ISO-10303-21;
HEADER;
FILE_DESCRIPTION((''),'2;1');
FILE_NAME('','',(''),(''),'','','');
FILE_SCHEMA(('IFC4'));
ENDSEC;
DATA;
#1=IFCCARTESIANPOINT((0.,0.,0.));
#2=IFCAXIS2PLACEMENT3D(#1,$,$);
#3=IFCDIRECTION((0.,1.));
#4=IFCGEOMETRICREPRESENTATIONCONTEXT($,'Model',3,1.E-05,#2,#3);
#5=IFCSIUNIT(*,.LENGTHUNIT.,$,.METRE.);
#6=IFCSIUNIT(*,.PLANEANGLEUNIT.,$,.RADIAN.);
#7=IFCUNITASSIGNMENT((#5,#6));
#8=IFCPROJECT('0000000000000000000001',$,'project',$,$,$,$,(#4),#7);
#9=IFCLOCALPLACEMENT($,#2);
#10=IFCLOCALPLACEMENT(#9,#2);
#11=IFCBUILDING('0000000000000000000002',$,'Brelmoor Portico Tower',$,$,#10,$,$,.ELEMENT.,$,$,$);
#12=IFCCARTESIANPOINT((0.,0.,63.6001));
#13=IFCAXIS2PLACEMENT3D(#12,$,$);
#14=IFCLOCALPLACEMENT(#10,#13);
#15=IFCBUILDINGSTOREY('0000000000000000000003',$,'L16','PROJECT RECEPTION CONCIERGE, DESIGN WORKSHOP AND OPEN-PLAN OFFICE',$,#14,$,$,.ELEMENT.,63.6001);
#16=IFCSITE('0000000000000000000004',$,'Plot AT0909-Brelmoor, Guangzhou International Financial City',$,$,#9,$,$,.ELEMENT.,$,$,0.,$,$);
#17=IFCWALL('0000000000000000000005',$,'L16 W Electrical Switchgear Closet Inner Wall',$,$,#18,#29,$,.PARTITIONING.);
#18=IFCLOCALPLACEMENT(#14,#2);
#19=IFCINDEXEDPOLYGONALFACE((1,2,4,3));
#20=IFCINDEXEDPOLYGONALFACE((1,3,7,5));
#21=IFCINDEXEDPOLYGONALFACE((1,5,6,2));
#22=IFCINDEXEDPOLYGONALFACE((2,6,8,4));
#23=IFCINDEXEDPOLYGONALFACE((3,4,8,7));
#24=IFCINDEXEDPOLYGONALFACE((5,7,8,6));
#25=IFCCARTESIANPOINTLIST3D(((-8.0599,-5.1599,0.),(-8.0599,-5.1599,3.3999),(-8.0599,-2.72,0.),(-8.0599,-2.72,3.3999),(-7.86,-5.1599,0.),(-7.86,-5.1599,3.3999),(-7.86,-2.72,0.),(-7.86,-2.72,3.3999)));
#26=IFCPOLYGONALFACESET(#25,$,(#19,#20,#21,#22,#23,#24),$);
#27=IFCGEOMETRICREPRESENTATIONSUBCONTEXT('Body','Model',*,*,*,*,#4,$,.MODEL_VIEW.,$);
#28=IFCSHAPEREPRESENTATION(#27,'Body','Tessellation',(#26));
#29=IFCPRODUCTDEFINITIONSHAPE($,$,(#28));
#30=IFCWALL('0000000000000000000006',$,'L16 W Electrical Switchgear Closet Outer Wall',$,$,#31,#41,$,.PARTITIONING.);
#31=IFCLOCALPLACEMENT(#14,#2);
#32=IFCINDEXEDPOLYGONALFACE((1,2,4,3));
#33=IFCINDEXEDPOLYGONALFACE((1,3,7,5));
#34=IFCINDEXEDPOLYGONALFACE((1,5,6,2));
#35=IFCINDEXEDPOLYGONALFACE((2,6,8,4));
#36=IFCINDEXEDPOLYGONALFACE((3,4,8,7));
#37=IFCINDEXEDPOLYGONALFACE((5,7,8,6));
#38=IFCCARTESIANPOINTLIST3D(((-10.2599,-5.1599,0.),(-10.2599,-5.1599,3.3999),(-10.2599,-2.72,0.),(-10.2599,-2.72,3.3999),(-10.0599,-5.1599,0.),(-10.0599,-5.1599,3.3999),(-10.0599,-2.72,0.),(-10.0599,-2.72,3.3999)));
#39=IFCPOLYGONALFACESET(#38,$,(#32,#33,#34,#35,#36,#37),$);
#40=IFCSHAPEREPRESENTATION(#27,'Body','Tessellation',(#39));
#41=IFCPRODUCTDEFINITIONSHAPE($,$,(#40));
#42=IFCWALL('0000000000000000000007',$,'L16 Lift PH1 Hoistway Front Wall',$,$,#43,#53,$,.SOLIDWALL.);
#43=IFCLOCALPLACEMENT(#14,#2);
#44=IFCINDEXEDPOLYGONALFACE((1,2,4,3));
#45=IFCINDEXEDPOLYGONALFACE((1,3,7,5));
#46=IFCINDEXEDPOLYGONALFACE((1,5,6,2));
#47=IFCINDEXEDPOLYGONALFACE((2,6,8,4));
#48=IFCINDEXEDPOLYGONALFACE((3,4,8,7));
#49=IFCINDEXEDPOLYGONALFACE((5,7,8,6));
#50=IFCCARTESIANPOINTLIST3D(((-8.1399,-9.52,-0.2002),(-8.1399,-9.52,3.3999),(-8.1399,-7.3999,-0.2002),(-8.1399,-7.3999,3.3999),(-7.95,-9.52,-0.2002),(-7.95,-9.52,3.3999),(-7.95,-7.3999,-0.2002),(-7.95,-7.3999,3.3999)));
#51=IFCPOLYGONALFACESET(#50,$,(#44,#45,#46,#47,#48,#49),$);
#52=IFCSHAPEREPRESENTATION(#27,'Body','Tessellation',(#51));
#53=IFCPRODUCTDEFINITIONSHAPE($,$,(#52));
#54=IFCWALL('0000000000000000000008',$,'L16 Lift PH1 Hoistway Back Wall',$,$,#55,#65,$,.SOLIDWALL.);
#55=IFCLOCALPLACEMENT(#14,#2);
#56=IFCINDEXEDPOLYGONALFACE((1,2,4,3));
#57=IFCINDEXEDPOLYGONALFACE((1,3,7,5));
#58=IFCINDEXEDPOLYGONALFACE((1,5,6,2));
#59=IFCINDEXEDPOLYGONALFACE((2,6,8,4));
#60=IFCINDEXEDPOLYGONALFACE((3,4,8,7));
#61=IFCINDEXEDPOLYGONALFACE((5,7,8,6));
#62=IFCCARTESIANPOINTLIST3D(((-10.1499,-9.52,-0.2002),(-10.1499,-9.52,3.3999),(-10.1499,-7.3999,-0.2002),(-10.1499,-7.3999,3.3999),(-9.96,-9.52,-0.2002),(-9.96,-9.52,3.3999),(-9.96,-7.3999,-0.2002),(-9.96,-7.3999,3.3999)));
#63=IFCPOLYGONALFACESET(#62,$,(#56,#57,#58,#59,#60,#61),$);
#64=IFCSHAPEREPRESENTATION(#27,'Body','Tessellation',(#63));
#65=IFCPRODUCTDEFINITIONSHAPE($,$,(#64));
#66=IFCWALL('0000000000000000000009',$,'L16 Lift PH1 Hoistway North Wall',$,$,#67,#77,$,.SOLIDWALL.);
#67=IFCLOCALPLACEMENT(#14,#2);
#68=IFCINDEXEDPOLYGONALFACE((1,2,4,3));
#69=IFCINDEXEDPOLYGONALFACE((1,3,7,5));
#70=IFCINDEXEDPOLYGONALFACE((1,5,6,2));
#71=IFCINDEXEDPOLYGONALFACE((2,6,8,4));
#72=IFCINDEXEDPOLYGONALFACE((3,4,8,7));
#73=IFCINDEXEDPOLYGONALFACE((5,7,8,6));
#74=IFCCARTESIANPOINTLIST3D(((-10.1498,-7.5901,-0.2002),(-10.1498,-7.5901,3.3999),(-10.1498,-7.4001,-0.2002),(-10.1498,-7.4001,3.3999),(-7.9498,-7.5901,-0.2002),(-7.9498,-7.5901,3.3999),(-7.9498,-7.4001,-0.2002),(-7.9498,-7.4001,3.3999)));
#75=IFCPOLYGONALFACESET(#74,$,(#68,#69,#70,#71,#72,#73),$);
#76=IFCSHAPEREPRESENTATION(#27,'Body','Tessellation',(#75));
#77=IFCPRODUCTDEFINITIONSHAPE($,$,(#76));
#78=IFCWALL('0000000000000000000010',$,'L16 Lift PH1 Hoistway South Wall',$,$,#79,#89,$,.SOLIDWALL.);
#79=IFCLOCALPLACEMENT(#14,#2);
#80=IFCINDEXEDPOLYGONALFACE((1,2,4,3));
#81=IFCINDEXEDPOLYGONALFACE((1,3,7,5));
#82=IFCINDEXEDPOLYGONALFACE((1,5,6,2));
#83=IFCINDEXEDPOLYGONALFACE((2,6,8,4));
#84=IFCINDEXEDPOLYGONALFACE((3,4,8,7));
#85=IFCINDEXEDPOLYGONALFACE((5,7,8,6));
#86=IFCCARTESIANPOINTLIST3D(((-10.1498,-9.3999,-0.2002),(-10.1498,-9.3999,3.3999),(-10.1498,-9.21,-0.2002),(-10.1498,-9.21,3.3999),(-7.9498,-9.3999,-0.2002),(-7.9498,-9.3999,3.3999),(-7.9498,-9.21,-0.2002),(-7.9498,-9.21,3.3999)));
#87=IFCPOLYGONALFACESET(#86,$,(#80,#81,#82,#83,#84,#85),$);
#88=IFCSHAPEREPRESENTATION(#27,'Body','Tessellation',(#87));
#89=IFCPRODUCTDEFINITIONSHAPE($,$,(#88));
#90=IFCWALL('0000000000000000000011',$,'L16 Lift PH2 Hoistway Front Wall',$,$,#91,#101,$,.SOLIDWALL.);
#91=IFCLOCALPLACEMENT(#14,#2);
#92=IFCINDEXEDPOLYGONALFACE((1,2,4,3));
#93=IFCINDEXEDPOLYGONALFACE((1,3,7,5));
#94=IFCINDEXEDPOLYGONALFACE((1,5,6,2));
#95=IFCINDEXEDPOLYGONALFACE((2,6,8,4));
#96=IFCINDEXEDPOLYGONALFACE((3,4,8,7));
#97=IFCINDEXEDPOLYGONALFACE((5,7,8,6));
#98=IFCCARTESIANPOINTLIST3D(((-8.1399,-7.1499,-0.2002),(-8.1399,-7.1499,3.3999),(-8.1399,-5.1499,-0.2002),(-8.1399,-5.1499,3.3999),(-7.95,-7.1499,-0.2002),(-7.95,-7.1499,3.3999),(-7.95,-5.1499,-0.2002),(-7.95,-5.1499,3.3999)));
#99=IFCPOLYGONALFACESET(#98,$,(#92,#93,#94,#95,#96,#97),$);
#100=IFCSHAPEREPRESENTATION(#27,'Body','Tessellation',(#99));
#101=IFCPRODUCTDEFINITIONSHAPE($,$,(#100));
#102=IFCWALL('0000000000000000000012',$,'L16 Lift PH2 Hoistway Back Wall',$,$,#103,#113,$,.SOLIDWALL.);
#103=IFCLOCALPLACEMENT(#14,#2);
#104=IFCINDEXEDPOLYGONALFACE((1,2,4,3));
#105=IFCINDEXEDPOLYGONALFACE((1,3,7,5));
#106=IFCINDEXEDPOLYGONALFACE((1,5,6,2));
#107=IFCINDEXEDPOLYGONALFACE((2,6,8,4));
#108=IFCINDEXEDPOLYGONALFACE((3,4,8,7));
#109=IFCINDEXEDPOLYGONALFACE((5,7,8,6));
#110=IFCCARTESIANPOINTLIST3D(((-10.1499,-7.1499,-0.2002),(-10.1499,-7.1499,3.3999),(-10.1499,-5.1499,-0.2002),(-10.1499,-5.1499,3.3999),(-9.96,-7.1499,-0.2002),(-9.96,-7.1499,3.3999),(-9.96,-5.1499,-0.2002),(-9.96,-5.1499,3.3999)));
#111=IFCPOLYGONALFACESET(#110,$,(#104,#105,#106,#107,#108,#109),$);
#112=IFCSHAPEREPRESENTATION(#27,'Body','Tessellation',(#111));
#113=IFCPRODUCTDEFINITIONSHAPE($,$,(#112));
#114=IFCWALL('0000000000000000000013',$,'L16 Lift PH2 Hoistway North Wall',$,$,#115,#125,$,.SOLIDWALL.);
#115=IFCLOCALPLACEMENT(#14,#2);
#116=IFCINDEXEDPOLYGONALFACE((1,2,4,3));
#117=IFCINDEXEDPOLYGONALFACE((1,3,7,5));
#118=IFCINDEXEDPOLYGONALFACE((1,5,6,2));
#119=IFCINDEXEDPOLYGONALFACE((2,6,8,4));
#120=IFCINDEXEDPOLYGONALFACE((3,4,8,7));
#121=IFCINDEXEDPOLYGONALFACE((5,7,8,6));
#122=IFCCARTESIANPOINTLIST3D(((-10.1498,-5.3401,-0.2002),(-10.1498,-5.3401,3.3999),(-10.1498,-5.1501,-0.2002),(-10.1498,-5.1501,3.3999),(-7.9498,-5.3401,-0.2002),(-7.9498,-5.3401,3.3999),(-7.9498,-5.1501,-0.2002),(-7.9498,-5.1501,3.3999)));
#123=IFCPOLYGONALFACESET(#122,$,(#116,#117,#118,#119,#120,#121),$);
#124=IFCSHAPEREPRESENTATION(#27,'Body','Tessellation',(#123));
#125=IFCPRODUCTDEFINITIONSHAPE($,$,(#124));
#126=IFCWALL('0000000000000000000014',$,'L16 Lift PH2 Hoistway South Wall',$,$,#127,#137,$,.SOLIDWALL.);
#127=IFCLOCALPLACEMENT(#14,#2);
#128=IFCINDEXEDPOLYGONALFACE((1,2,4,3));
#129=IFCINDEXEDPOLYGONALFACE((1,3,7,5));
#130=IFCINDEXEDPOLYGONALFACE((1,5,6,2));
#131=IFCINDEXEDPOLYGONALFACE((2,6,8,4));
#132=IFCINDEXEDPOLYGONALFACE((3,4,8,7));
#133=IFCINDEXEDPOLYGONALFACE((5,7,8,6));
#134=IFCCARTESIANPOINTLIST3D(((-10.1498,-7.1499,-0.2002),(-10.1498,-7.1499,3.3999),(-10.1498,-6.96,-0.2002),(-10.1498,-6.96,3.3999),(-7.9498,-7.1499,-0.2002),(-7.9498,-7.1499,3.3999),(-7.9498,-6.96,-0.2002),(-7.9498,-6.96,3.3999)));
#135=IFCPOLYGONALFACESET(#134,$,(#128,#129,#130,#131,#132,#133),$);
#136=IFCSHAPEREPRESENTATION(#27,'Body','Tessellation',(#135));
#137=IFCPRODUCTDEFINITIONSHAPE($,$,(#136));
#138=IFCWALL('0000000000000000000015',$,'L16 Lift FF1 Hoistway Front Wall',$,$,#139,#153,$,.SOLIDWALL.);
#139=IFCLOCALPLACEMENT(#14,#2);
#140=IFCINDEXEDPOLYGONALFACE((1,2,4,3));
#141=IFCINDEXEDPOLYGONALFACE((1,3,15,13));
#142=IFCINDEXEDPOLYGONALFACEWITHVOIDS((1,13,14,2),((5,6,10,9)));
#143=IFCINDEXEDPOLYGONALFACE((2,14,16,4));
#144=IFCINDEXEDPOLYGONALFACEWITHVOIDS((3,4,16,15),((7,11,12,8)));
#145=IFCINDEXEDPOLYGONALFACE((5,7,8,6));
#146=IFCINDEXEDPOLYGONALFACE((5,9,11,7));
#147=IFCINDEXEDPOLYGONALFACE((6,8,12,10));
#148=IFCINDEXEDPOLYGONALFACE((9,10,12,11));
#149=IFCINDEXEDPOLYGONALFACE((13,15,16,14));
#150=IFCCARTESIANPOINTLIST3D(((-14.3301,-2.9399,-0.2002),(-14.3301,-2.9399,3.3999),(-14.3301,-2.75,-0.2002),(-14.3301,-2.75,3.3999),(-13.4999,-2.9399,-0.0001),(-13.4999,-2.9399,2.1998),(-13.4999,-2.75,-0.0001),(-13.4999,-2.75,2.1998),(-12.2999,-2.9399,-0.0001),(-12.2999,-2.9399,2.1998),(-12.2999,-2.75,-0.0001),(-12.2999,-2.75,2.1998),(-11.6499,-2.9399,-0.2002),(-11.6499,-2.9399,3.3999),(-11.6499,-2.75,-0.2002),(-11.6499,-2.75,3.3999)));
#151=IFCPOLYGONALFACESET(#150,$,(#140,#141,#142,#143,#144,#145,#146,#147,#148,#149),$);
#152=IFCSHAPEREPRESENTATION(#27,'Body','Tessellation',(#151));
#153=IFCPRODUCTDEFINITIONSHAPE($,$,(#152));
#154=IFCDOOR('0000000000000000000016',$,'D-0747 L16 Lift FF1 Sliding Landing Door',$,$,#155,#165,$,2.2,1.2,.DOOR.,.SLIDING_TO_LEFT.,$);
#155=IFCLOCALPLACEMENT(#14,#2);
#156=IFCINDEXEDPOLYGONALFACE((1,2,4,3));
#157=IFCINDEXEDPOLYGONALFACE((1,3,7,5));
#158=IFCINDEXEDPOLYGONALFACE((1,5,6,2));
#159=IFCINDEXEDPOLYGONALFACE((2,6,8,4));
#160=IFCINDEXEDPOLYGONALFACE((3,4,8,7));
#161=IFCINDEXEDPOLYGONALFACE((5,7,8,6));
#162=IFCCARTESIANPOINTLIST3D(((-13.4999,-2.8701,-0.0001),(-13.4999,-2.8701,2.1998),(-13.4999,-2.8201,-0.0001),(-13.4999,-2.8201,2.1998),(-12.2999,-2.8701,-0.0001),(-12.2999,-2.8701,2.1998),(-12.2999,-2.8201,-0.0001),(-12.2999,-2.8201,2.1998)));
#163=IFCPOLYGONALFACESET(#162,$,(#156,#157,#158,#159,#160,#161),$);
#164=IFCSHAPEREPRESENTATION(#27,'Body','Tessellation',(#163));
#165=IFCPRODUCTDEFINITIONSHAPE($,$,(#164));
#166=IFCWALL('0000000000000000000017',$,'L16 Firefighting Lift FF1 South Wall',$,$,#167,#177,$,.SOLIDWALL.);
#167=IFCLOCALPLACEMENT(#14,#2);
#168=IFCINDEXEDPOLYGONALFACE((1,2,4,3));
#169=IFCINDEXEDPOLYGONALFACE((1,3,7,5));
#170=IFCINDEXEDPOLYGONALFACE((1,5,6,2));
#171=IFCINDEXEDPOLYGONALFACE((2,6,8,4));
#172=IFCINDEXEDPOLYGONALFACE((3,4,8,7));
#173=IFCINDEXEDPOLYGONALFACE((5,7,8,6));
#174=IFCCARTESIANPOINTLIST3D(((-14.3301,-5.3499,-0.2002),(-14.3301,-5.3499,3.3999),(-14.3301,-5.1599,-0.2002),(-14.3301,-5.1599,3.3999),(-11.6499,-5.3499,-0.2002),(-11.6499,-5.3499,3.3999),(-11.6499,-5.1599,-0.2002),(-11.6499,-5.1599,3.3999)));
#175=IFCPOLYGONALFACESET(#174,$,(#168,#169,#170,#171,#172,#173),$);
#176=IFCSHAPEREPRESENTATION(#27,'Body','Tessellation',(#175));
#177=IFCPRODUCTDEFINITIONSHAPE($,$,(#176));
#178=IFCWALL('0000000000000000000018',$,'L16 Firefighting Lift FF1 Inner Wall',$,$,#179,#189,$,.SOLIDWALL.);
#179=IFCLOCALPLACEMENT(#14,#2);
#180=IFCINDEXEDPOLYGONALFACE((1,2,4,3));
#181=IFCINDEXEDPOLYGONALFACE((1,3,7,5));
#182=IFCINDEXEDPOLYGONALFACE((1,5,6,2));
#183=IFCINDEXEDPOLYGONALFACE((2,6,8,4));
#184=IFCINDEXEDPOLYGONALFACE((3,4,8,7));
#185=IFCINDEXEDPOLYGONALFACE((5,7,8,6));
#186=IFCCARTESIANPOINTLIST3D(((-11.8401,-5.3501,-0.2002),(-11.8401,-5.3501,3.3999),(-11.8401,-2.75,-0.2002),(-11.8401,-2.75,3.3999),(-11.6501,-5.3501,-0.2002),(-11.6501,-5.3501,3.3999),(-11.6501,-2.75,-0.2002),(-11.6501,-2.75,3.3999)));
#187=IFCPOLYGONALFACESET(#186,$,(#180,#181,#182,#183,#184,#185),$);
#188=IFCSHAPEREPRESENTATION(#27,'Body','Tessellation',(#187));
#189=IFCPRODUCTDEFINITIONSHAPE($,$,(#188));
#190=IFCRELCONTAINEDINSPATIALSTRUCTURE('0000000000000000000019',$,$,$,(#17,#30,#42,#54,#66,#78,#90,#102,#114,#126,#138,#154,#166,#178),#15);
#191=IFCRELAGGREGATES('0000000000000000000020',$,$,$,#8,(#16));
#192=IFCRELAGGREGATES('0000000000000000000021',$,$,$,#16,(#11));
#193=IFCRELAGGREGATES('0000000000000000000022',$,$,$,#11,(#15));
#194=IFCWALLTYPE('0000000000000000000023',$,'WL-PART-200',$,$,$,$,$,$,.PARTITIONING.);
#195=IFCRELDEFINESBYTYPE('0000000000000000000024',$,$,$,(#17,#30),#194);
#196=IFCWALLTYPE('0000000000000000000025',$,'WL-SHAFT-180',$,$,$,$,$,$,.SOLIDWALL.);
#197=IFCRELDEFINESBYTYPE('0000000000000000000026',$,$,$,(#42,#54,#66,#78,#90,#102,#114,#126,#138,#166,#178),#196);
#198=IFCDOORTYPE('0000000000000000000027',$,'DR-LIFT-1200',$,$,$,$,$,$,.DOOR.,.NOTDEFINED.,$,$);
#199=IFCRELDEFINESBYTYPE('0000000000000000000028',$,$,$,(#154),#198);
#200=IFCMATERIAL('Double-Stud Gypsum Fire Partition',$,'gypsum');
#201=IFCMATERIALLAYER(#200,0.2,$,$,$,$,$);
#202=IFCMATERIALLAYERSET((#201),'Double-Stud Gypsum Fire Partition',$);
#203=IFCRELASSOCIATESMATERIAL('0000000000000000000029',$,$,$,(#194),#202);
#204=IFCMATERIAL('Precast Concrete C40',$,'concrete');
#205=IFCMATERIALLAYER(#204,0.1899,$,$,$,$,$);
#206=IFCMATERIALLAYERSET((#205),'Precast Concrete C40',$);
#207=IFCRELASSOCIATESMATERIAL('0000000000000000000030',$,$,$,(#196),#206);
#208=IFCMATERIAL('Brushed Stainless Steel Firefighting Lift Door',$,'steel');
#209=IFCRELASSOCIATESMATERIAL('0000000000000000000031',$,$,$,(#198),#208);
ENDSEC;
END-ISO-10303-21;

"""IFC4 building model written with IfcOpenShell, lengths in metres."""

from ifc_helpers import new_model, si_unit, direction, frame, frame_2d, origin, place, context, subcontext, project, spatial, rectangle, extrude, material, layer, layer_set, type_object, element, fill, save


model = new_model("IFC4")

# Units and contexts
model_context = context("Model", 3, precision=1e-05, world=origin(), true_north=direction((0.0, 1.0)))
body_context = subcontext(model_context, "Body", "Model", "MODEL_VIEW")
ifc_project = project(units=[si_unit("LENGTHUNIT", "METRE"), si_unit("PLANEANGLEUNIT", "RADIAN")], contexts=[model_context])

# Site, building, storey
site_placement = place(None, origin())
site = spatial("IfcSite", under=ifc_project, at=site_placement, Name="Plot AT0909-Brelmoor, Guangzhou International Financial City", CompositionType="ELEMENT", RefElevation=0.0)
building_placement = place(site_placement, origin())
building = spatial("IfcBuilding", under=site, at=building_placement, Name="Brelmoor Portico Tower", CompositionType="ELEMENT")
storey_placement = place(building_placement, frame((0.0, 0.0, 63.6001)))
storey = spatial("IfcBuildingStorey", under=building, at=storey_placement, Name="L16", Description="PROJECT RECEPTION CONCIERGE, DESIGN WORKSHOP AND OPEN-PLAN OFFICE", CompositionType="ELEMENT", Elevation=63.6001)

# Shared definitions
ifc_material_1 = material(Name="Double-Stud Gypsum Fire Partition", Category="gypsum")
ifc_layer_1 = layer(ifc_material_1, 0.2)
ifc_layer_set_1 = layer_set([ifc_layer_1], Name="Double-Stud Gypsum Fire Partition")
wall_type_1 = type_object("IfcWallType", Name="WL-PART-200", PredefinedType="PARTITIONING", material=ifc_layer_set_1)

# Walls
for number, where, z_axis, x_axis, name in (
    (1, (-7.96, -5.1599, 0.0), (0.0, 0.0, 1.0), (0.0, 1.0, 0.0), "L16 W Electrical Switchgear Closet Inner Wall"),
    (2, (-10.1599, -5.1599, 0.0), (0.0, 0.0, 1.0), (0.0, 1.0, 0.0), "L16 W Electrical Switchgear Closet Outer Wall"),
):
    element("IfcWall", number, at=place(storey_placement, frame(where, z_axis=z_axis, x_axis=x_axis)), inside=storey, type_object=wall_type_1, Name=name, PredefinedType="PARTITIONING", context=body_context, shape_type="SweptSolid", body=[
        extrude(rectangle(XDim=2.4399, YDim=0.2, at=frame_2d((1.22, 0.0))), origin(), (0.0, 0.0, 1.0), 3.3999),
    ])
ifc_material_2 = material(Name="Precast Concrete C40", Category="concrete")
ifc_layer_2 = layer(ifc_material_2, 0.1899)
ifc_layer_set_2 = layer_set([ifc_layer_2], Name="Precast Concrete C40")
wall_type_2 = type_object("IfcWallType", Name="WL-SHAFT-180", PredefinedType="SOLIDWALL", material=ifc_layer_set_2)
for number, where, z_axis, x_axis, name in (
    (3, (-8.0449, -9.52, -0.2002), (0.0, 0.0, 1.0), (0.0, 1.0, 0.0), "L16 Lift PH1 Hoistway Front Wall"),
    (4, (-10.0549, -9.52, -0.2002), (0.0, 0.0, 1.0), (0.0, 1.0, 0.0), "L16 Lift PH1 Hoistway Back Wall"),
):
    element("IfcWall", number, at=place(storey_placement, frame(where, z_axis=z_axis, x_axis=x_axis)), inside=storey, type_object=wall_type_2, Name=name, PredefinedType="SOLIDWALL", context=body_context, shape_type="SweptSolid", body=[
        extrude(rectangle(XDim=2.1201, YDim=0.1899, at=frame_2d((1.0601, 0.0))), origin(), (0.0, 0.0, 1.0), 3.6001),
    ])
for number, where, z_axis, x_axis, name in (
    (5, (-10.1499, -7.4951, -0.2002), (0.0, 0.0, 1.0), (1.0, 0.0, 0.0), "L16 Lift PH1 Hoistway North Wall"),
    (6, (-10.1499, -9.3049, -0.2002), (0.0, 0.0, 1.0), (1.0, 0.0, 0.0), "L16 Lift PH1 Hoistway South Wall"),
):
    element("IfcWall", number, at=place(storey_placement, frame(where, z_axis=z_axis, x_axis=x_axis)), inside=storey, type_object=wall_type_2, Name=name, PredefinedType="SOLIDWALL", context=body_context, shape_type="SweptSolid", body=[
        extrude(rectangle(XDim=2.2, YDim=0.1899, at=frame_2d((1.1001, 0.0))), origin(), (0.0, 0.0, 1.0), 3.6001),
    ])
for number, where, z_axis, x_axis, name in (
    (7, (-8.0449, -7.1499, -0.2002), (0.0, 0.0, 1.0), (0.0, 1.0, 0.0), "L16 Lift PH2 Hoistway Front Wall"),
    (8, (-10.0549, -7.1499, -0.2002), (0.0, 0.0, 1.0), (0.0, 1.0, 0.0), "L16 Lift PH2 Hoistway Back Wall"),
):
    element("IfcWall", number, at=place(storey_placement, frame(where, z_axis=z_axis, x_axis=x_axis)), inside=storey, type_object=wall_type_2, Name=name, PredefinedType="SOLIDWALL", context=body_context, shape_type="SweptSolid", body=[
        extrude(rectangle(XDim=2.0, YDim=0.1899, at=frame_2d((1.0, 0.0))), origin(), (0.0, 0.0, 1.0), 3.6001),
    ])
for number, where, z_axis, x_axis, name in (
    (9, (-10.1499, -5.2451, -0.2002), (0.0, 0.0, 1.0), (1.0, 0.0, 0.0), "L16 Lift PH2 Hoistway North Wall"),
    (10, (-10.1499, -7.0549, -0.2002), (0.0, 0.0, 1.0), (1.0, 0.0, 0.0), "L16 Lift PH2 Hoistway South Wall"),
):
    element("IfcWall", number, at=place(storey_placement, frame(where, z_axis=z_axis, x_axis=x_axis)), inside=storey, type_object=wall_type_2, Name=name, PredefinedType="SOLIDWALL", context=body_context, shape_type="SweptSolid", body=[
        extrude(rectangle(XDim=2.2, YDim=0.1899, at=frame_2d((1.1001, 0.0))), origin(), (0.0, 0.0, 1.0), 3.6001),
    ])

# Wall, opening, door
wall_1_placement = place(storey_placement, frame((-14.3301, -2.845, -0.2002), z_axis=(0.0, 0.0, 1.0), x_axis=(1.0, 0.0, 0.0)))
wall_1 = element("IfcWall", 11, at=wall_1_placement, inside=storey, type_object=wall_type_2, Name="L16 Lift FF1 Hoistway Front Wall", PredefinedType="SOLIDWALL", context=body_context, shape_type="SweptSolid", body=[
    extrude(rectangle(XDim=2.6802, YDim=0.1899, at=frame_2d((1.3401, 0.0))), origin(), (0.0, 0.0, 1.0), 3.6001),
])
opening_1_placement = place(wall_1_placement, frame((0.8301, 0.0, 0.2)))
opening_1 = element("IfcOpeningElement", 12, at=opening_1_placement, cuts=wall_1, PredefinedType="OPENING", context=body_context, shape_type="SweptSolid", body=[
    extrude(rectangle(XDim=1.2, YDim=2.2, at=frame_2d((0.6001, 1.1001))), frame((0.0, 0.105, 0.0), z_axis=(0.0, -1.0, 0.0), x_axis=(1.0, 0.0, 0.0)), (0.0, 0.0, 1.0), 0.21),
])
ifc_material_3 = material(Name="Brushed Stainless Steel Firefighting Lift Door", Category="steel")
door_type_1 = type_object("IfcDoorType", Name="DR-LIFT-1200", OperationType="NOTDEFINED", PredefinedType="DOOR", material=ifc_material_3)
door_1_placement = place(opening_1_placement, origin())
door_1 = element("IfcDoor", 13, at=door_1_placement, inside=storey, type_object=door_type_1, Name="D-0747 L16 Lift FF1 Sliding Landing Door", OperationType="SLIDING_TO_LEFT", OverallHeight=2.2, OverallWidth=1.2, PredefinedType="DOOR", context=body_context, shape_type="SweptSolid", body=[
    extrude(rectangle(XDim=1.2, YDim=2.2, at=frame_2d((0.6001, 1.1001))), frame((0.0, 0.0249, 0.0), z_axis=(0.0, -1.0, 0.0), x_axis=(1.0, 0.0, 0.0)), (0.0, 0.0, 1.0), 0.05),
])
fill(opening_1, door_1)

# Walls
wall_2_placement = place(storey_placement, frame((-14.3301, -5.2549, -0.2002), z_axis=(0.0, 0.0, 1.0), x_axis=(1.0, 0.0, 0.0)))
element("IfcWall", 14, at=wall_2_placement, inside=storey, type_object=wall_type_2, Name="L16 Firefighting Lift FF1 South Wall", PredefinedType="SOLIDWALL", context=body_context, shape_type="SweptSolid", body=[
    extrude(rectangle(XDim=2.6802, YDim=0.1899, at=frame_2d((1.3401, 0.0))), origin(), (0.0, 0.0, 1.0), 3.6001),
])
wall_3_placement = place(storey_placement, frame((-11.7451, -5.3501, -0.2002), z_axis=(0.0, 0.0, 1.0), x_axis=(0.0, 1.0, 0.0)))
element("IfcWall", 15, at=wall_3_placement, inside=storey, type_object=wall_type_2, Name="L16 Firefighting Lift FF1 Inner Wall", PredefinedType="SOLIDWALL", context=body_context, shape_type="SweptSolid", body=[
    extrude(rectangle(XDim=2.6001, YDim=0.1899, at=frame_2d((1.3, 0.0))), origin(), (0.0, 0.0, 1.0), 3.6001),
])

save(model, "model.ifc")
